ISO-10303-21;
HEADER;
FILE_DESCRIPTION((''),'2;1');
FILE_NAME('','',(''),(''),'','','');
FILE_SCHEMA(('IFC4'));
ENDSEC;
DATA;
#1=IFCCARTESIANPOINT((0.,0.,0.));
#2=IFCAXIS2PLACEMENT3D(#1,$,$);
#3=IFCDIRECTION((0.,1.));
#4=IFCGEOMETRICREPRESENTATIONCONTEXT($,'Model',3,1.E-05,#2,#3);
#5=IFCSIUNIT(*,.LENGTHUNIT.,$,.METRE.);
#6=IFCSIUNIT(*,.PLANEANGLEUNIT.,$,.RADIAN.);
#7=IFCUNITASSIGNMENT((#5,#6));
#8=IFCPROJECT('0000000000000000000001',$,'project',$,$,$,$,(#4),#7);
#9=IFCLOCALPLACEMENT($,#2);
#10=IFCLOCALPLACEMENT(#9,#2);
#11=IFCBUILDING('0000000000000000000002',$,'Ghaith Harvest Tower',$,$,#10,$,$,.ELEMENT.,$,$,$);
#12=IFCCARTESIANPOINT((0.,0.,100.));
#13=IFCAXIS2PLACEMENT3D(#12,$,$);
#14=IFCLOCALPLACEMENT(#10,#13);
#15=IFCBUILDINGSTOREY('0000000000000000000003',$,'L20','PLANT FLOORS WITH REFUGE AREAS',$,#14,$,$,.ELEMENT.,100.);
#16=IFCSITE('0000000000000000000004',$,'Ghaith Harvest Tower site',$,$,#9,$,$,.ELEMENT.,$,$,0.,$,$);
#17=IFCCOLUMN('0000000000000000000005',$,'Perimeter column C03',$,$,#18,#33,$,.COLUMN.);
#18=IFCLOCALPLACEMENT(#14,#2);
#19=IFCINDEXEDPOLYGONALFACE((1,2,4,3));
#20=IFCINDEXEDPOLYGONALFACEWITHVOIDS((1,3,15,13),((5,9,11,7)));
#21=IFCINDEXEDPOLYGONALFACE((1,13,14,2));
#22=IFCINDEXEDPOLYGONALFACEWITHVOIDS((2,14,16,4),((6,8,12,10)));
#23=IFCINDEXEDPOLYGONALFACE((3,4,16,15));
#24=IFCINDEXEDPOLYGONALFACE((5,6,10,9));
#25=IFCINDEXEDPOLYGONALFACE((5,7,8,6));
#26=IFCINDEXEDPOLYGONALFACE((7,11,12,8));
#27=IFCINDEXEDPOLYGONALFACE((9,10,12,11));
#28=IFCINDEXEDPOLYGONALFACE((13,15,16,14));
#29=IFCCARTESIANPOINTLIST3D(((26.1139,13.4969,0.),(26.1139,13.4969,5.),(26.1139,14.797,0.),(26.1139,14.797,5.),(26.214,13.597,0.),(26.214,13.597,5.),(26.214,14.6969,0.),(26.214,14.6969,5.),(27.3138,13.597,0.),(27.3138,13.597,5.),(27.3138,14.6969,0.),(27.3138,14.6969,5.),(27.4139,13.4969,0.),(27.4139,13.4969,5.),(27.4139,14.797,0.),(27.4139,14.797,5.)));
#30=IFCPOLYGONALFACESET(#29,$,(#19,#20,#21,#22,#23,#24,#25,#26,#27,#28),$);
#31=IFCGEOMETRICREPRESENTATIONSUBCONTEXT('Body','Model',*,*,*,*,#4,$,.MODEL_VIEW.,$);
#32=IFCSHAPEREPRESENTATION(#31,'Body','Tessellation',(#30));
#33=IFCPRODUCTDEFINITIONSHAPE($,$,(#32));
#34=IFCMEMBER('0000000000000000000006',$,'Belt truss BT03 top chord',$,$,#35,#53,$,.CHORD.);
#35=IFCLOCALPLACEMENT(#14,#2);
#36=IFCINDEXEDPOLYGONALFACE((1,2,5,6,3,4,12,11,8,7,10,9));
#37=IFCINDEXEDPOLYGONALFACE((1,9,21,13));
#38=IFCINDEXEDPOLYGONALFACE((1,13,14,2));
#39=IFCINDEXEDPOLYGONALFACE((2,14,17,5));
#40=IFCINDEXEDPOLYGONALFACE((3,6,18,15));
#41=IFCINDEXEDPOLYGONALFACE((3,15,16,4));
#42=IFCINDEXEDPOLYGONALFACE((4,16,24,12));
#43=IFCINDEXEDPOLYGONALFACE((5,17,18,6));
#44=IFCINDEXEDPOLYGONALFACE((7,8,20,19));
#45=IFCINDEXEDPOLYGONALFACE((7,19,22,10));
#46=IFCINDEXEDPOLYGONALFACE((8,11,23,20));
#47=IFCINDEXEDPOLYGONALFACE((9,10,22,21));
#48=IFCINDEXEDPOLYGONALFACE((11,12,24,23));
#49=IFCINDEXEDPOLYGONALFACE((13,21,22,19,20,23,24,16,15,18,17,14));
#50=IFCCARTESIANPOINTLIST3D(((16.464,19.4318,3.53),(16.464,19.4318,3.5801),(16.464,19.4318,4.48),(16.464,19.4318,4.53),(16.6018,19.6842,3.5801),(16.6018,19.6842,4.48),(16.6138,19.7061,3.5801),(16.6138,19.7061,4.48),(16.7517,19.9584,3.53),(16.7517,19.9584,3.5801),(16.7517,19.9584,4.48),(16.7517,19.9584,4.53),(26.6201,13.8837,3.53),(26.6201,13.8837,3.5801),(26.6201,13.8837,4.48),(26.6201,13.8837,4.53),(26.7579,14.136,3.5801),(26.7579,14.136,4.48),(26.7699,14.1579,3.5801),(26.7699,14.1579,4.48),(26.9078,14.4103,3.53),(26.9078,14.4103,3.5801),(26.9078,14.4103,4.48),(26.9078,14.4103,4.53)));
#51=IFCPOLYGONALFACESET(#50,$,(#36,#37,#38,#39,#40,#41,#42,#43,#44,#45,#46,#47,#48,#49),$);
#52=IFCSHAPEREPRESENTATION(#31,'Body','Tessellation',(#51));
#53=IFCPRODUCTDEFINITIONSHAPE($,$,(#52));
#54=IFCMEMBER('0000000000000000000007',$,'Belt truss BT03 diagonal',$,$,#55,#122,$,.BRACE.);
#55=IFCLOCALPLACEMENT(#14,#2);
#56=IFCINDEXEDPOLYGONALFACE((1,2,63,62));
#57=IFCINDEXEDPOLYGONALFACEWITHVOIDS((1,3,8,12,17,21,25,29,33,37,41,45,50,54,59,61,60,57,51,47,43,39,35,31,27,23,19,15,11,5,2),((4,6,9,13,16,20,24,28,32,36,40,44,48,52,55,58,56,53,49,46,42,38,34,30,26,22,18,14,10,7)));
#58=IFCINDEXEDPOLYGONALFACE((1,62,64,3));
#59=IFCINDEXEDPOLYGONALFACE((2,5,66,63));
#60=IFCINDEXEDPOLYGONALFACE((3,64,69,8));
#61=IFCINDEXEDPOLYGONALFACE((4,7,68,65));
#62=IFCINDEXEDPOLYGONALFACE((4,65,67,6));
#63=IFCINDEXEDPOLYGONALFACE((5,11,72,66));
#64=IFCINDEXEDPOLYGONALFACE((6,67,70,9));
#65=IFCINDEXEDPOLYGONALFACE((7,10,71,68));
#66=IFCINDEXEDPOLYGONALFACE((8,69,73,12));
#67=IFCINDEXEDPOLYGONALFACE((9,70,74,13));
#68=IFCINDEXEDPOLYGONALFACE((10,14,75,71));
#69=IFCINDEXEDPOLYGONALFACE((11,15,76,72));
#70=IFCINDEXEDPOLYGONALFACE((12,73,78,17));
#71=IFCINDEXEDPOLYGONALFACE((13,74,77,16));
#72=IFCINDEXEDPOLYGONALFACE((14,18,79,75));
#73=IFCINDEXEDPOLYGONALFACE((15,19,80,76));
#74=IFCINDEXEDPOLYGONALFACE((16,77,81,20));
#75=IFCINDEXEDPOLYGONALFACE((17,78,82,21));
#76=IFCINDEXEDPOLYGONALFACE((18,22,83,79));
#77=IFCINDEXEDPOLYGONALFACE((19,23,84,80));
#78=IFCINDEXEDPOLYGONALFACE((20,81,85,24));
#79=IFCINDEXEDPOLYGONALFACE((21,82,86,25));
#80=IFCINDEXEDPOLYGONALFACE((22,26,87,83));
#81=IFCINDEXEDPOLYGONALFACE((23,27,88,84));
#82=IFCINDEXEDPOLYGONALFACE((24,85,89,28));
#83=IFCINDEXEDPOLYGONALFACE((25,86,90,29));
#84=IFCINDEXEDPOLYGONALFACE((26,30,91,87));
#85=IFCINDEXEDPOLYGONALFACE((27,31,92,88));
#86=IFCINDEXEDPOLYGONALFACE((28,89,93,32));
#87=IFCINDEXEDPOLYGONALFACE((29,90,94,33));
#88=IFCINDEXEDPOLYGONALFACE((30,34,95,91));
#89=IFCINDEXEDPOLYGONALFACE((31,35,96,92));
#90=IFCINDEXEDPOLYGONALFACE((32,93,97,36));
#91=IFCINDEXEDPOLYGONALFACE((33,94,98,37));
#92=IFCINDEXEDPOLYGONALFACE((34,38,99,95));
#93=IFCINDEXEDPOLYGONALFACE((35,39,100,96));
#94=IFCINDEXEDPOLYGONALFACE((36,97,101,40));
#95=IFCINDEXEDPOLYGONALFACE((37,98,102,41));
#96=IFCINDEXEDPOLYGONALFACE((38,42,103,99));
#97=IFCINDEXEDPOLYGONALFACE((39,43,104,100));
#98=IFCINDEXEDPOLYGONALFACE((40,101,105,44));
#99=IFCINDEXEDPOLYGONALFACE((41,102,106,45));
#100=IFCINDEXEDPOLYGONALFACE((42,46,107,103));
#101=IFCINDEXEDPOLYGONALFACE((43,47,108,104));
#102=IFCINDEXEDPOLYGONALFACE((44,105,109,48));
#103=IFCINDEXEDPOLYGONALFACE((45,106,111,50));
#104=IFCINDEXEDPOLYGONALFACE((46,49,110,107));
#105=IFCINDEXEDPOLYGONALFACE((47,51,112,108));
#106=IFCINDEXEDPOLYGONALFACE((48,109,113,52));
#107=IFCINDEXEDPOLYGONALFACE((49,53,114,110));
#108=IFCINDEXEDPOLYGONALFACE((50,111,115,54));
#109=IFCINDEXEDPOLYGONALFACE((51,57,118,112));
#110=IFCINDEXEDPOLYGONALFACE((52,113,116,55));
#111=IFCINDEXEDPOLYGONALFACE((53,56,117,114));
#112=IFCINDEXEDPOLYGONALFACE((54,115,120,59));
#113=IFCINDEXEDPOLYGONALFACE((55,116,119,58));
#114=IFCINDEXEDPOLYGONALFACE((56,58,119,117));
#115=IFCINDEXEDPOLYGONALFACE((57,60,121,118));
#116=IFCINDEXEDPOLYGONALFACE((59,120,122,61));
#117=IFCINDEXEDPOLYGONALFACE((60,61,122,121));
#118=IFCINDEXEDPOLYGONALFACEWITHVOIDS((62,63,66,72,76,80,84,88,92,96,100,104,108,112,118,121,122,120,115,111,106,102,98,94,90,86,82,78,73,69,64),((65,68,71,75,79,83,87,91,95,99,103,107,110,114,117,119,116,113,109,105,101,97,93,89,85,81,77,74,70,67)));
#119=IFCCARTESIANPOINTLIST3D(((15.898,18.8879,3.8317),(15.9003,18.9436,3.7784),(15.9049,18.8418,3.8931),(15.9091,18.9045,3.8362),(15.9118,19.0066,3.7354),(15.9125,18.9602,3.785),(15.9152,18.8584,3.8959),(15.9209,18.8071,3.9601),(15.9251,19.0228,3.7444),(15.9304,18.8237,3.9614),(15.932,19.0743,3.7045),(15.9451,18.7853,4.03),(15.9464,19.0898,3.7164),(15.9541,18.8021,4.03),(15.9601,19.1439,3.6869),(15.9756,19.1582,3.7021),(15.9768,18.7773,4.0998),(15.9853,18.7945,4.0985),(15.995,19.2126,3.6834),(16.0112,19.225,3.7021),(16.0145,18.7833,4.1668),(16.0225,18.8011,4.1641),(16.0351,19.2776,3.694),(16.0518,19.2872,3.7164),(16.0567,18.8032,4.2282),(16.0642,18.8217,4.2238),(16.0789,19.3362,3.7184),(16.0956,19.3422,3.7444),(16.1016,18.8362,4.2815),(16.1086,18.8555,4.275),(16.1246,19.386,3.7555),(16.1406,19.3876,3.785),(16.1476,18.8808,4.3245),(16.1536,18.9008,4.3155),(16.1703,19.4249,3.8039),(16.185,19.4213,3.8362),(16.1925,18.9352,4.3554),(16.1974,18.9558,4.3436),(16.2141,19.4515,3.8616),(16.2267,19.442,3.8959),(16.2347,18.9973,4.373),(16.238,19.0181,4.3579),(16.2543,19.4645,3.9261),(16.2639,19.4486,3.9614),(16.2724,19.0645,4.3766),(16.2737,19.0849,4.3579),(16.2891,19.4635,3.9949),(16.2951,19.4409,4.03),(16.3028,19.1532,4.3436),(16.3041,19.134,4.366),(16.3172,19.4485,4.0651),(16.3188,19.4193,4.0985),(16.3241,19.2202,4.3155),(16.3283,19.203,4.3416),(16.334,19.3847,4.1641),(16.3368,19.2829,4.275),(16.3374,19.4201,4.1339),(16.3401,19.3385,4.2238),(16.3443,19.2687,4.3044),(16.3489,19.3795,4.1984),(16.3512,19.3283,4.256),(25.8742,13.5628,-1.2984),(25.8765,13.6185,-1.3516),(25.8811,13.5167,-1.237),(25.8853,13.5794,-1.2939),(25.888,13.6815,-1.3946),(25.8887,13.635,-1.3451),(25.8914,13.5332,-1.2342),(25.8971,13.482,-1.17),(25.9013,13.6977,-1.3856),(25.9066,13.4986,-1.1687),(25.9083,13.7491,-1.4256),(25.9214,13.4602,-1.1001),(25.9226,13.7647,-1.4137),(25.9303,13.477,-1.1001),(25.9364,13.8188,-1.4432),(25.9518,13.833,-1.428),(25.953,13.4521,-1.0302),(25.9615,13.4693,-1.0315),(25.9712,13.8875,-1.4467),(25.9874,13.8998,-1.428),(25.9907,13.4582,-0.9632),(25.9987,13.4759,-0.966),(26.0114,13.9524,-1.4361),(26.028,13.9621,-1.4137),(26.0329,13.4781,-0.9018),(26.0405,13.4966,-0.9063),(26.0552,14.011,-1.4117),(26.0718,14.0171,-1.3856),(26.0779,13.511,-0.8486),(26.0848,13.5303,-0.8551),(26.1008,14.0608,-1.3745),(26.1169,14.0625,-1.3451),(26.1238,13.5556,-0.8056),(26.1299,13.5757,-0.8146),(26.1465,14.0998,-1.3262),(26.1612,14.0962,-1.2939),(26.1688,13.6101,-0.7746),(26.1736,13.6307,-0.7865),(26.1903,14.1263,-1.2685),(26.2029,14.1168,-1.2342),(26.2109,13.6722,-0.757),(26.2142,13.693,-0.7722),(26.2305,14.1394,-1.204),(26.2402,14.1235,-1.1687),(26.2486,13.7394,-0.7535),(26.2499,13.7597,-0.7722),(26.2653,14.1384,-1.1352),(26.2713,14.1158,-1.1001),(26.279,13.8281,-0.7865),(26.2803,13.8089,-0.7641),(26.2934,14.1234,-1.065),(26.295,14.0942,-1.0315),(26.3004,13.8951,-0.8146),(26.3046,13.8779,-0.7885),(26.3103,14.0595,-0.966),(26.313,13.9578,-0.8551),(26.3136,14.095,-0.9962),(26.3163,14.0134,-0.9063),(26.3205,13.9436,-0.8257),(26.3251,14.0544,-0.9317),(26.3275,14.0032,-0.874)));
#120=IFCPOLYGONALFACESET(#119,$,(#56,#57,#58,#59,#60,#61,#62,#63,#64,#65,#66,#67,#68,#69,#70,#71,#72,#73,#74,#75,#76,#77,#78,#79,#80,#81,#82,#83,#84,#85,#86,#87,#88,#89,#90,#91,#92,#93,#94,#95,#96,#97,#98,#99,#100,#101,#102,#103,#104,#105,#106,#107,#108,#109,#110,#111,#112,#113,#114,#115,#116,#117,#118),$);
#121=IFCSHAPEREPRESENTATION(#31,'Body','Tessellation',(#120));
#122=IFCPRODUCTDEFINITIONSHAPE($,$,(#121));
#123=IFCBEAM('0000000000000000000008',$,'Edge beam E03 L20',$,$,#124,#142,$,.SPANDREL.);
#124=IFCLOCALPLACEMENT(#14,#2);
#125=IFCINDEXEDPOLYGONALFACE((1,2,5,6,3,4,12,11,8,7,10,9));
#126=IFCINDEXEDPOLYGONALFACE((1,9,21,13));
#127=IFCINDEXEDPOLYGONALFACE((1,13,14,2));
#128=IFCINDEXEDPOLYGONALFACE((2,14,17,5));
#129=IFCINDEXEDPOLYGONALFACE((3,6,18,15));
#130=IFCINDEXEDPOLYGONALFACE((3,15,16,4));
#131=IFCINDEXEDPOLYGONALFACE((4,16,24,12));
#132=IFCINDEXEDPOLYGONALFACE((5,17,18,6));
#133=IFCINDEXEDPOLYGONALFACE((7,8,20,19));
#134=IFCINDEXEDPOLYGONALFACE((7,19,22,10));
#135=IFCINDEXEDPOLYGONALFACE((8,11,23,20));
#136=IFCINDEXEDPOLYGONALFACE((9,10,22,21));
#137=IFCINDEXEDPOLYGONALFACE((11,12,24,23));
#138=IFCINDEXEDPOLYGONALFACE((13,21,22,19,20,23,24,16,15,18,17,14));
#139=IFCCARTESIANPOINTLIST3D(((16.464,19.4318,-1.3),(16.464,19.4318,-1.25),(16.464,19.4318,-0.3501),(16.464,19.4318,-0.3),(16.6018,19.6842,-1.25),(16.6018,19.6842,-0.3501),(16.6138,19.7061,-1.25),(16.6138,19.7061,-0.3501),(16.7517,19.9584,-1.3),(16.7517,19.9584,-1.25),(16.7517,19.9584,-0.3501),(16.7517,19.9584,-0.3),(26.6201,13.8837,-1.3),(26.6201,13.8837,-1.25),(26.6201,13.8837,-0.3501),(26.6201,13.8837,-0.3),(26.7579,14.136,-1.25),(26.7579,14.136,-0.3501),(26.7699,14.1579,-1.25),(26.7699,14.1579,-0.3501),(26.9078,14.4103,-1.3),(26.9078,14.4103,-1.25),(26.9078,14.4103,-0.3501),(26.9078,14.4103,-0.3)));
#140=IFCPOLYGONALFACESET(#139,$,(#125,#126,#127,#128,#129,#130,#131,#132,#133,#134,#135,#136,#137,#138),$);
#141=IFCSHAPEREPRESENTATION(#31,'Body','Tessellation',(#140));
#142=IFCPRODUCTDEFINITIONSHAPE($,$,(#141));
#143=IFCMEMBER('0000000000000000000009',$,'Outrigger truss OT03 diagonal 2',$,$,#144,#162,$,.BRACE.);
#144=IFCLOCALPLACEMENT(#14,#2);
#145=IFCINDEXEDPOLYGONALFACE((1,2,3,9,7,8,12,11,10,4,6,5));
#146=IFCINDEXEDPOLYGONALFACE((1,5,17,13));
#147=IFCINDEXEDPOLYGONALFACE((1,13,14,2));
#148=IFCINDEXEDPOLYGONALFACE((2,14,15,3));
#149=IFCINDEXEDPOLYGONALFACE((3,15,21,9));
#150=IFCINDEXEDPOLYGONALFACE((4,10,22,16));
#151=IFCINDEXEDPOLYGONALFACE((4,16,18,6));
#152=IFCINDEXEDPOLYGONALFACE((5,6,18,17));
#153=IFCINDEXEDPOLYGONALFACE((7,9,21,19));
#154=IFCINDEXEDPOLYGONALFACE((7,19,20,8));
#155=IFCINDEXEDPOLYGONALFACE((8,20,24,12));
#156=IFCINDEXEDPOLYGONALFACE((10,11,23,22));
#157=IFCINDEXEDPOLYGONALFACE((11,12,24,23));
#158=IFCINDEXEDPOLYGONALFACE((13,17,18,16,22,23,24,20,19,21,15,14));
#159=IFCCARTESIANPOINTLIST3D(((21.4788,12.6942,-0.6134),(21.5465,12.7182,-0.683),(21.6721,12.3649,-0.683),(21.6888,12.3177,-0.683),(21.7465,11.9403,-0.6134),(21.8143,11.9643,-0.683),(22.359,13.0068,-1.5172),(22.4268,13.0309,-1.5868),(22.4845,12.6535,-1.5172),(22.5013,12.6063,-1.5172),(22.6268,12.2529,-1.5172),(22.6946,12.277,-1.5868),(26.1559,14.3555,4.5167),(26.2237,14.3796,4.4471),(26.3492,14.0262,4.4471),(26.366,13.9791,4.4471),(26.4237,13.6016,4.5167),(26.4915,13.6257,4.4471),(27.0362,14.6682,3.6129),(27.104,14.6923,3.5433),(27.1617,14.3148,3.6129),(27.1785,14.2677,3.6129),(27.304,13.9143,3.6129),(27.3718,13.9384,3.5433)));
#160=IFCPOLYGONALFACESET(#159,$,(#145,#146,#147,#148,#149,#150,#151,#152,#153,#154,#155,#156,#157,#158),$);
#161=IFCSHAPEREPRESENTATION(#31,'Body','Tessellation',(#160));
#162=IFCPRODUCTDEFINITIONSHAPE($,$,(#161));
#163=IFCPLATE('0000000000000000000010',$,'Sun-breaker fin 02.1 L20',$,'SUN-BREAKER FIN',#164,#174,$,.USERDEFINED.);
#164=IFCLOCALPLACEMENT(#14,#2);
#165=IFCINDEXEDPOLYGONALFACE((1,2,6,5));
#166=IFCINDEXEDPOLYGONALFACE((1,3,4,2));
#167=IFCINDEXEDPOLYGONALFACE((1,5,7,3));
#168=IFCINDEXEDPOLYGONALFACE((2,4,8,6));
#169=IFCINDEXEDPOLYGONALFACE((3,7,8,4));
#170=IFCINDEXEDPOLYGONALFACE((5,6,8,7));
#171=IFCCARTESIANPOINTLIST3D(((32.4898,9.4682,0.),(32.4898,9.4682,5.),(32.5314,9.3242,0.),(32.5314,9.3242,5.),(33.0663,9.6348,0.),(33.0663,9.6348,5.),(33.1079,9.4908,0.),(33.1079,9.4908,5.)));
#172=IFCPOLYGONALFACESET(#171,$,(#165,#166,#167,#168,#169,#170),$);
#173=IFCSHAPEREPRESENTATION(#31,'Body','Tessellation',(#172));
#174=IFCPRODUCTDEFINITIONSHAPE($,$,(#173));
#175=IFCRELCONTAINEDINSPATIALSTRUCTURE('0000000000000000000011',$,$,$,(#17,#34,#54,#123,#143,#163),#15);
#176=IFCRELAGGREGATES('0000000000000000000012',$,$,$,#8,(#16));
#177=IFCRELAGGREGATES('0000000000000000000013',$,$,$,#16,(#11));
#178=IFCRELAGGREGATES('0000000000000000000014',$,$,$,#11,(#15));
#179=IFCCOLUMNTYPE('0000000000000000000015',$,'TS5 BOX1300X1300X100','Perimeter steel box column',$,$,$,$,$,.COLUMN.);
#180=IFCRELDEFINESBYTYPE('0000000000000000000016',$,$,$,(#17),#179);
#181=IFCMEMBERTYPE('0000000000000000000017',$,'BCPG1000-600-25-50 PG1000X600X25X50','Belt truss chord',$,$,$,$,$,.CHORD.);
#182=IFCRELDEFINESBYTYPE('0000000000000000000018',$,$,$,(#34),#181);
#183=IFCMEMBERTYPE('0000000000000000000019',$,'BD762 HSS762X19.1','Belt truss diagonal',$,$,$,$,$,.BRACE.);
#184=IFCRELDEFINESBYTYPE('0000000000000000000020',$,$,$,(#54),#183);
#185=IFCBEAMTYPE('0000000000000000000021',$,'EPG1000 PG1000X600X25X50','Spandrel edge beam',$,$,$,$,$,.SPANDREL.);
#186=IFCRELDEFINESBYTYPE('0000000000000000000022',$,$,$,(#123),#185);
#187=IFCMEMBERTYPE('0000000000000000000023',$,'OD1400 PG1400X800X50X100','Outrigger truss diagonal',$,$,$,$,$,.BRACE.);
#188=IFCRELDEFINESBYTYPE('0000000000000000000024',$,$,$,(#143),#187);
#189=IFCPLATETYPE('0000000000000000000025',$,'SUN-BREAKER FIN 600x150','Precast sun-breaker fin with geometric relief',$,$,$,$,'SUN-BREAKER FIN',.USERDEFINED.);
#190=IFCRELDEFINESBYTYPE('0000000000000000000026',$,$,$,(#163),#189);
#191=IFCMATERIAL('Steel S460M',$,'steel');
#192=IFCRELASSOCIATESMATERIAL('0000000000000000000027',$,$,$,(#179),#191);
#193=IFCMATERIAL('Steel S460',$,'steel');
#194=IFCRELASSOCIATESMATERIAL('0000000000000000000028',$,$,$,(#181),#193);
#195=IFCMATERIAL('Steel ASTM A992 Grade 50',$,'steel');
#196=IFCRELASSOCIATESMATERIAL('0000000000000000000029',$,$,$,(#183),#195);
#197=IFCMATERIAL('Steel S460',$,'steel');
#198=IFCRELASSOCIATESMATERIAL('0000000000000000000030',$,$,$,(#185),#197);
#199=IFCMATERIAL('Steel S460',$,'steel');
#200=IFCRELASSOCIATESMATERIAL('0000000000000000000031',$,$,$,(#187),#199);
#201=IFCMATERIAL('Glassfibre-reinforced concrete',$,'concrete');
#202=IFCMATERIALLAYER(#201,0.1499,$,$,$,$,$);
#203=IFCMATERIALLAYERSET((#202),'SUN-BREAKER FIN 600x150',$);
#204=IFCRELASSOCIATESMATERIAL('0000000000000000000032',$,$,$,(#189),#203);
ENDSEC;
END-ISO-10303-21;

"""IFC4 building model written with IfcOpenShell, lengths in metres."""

from ifc_helpers import new_model, si_unit, direction, frame, origin, origin_2d, place, context, subcontext, project, spatial, rectangle, hollow_rectangle, hollow_circle, i_section, extrude, material, layer, layer_set, material_profile, profile_set, type_object, element, save


model = new_model("IFC4")

# Units and contexts
model_context = context("Model", 3, precision=1e-05, world=origin(), true_north=direction((0.0, 1.0)))
body_context = subcontext(model_context, "Body", "Model", "MODEL_VIEW")
ifc_project = project(units=[si_unit("LENGTHUNIT", "METRE"), si_unit("PLANEANGLEUNIT", "RADIAN")], contexts=[model_context])

# Site, building, storey
site_placement = place(None, origin())
site = spatial("IfcSite", under=ifc_project, at=site_placement, Name="Ghaith Harvest Tower site", CompositionType="ELEMENT", RefElevation=0.0)
building_placement = place(site_placement, origin())
building = spatial("IfcBuilding", under=site, at=building_placement, Name="Ghaith Harvest Tower", CompositionType="ELEMENT")
storey_placement = place(building_placement, frame((0.0, 0.0, 100.0)))
storey = spatial("IfcBuildingStorey", under=building, at=storey_placement, Name="L20", Description="PLANT FLOORS WITH REFUGE AREAS", CompositionType="ELEMENT", Elevation=100.0)

# Column
ifc_material_1 = material(Name="Steel S460M", Category="steel")
ifc_material_profile_1 = material_profile(ifc_material_1, hollow_rectangle(XDim=1.3, YDim=1.3, WallThickness=0.1001, at=origin_2d()), Name="BOX1300X1300X100")
ifc_profile_set_1 = profile_set([ifc_material_profile_1], Name="Steel S460M")
column_type = type_object("IfcColumnType", Name="TS5 BOX1300X1300X100", Description="Perimeter steel box column", PredefinedType="COLUMN", material=ifc_profile_set_1)
column_placement = place(storey_placement, frame((26.7639, 14.147, 0.0), z_axis=(0.0, 0.0, 1.0), x_axis=(1.0, 0.0, 0.0)))
element("IfcColumn", 1, at=column_placement, inside=storey, type_object=column_type, Name="Perimeter column C03", PredefinedType="COLUMN", context=body_context, shape_type="SweptSolid", body=[
    extrude(hollow_rectangle(XDim=1.3, YDim=1.3, WallThickness=0.1001, at=origin_2d()), origin(), (0.0, 0.0, 1.0), 5.0),
])

# Members
ifc_material_2 = material(Name="Steel S460", Category="steel")
ifc_material_profile_2 = material_profile(ifc_material_2, i_section(OverallWidth=0.6001, OverallDepth=1.0, WebThickness=0.0249, FlangeThickness=0.05, at=origin_2d()), Name="PG1000X600X25X50")
ifc_profile_set_2 = profile_set([ifc_material_profile_2], Name="Steel S460")
member_type_1 = type_object("IfcMemberType", Name="BCPG1000-600-25-50 PG1000X600X25X50", Description="Belt truss chord", PredefinedType="CHORD", material=ifc_profile_set_2)
member_1_placement = place(storey_placement, frame((26.7639, 14.147, 4.03), z_axis=(-0.877588, 0.479415, 0.0), x_axis=(-0.479415, -0.877588, 0.0)))
element("IfcMember", 2, at=member_1_placement, inside=storey, type_object=member_type_1, Name="Belt truss BT03 top chord", PredefinedType="CHORD", context=body_context, shape_type="SweptSolid", body=[
    extrude(i_section(OverallWidth=0.6001, OverallDepth=1.0, WebThickness=0.0249, FlangeThickness=0.05, at=origin_2d()), origin(), (0.0, 0.0, 1.0), 11.5728),
])
ifc_material_3 = material(Name="Steel ASTM A992 Grade 50", Category="steel")
ifc_material_profile_3 = material_profile(ifc_material_3, hollow_circle(Radius=0.3811, WallThickness=0.019, at=origin_2d()), Name="HSS762X19.1")
ifc_profile_set_3 = profile_set([ifc_material_profile_3], Name="Steel ASTM A992 Grade 50")
member_type_2 = type_object("IfcMemberType", Name="BD762 HSS762X19.1", Description="Belt truss diagonal", PredefinedType="BRACE", material=ifc_profile_set_3)
member_2_placement = place(storey_placement, frame((26.1008, 13.7964, -1.1001), z_axis=(-0.803386, 0.428834, 0.413125), x_axis=(-0.470897, -0.882188, 0.0)))
element("IfcMember", 3, at=member_2_placement, inside=storey, type_object=member_type_2, Name="Belt truss BT03 diagonal", PredefinedType="BRACE", context=body_context, shape_type="SweptSolid", body=[
    extrude(hollow_circle(Radius=0.3811, WallThickness=0.019, at=origin_2d()), origin(), (0.0, 0.0, 1.0), 12.4177),
])

# Beam
ifc_material_4 = material(Name="Steel S460", Category="steel")
ifc_material_profile_4 = material_profile(ifc_material_4, i_section(OverallWidth=0.6001, OverallDepth=1.0, WebThickness=0.0249, FlangeThickness=0.05, at=origin_2d()), Name="PG1000X600X25X50")
ifc_profile_set_4 = profile_set([ifc_material_profile_4], Name="Steel S460")
beam_type = type_object("IfcBeamType", Name="EPG1000 PG1000X600X25X50", Description="Spandrel edge beam", PredefinedType="SPANDREL", material=ifc_profile_set_4)
beam_placement = place(storey_placement, frame((26.7639, 14.147, -0.8), z_axis=(-0.877588, 0.479415, 0.0), x_axis=(-0.479415, -0.877588, 0.0)))
element("IfcBeam", 4, at=beam_placement, inside=storey, type_object=beam_type, Name="Edge beam E03 L20", PredefinedType="SPANDREL", context=body_context, shape_type="SweptSolid", body=[
    extrude(i_section(OverallWidth=0.6001, OverallDepth=1.0, WebThickness=0.0249, FlangeThickness=0.05, at=origin_2d()), origin(), (0.0, 0.0, 1.0), 11.5728),
])

# Member
ifc_material_5 = material(Name="Steel S460", Category="steel")
ifc_material_profile_5 = material_profile(ifc_material_5, i_section(OverallWidth=0.8, OverallDepth=1.3999, WebThickness=0.05, FlangeThickness=0.1001, at=origin_2d()), Name="PG1400X800X50X100")
ifc_profile_set_5 = profile_set([ifc_material_profile_5], Name="Steel S460")
member_type_3 = type_object("IfcMemberType", Name="OD1400 PG1400X800X50X100", Description="Outrigger truss diagonal", PredefinedType="BRACE", material=ifc_profile_set_5)
member_3_placement = place(storey_placement, frame((22.0867, 12.4856, -1.1001), z_axis=(0.655235, 0.232742, 0.718679), x_axis=(-0.334716, 0.942319, 0.0)))
element("IfcMember", 5, at=member_3_placement, inside=storey, type_object=member_type_3, Name="Outrigger truss OT03 diagonal 2", PredefinedType="BRACE", context=body_context, shape_type="SweptSolid", body=[
    extrude(i_section(OverallWidth=0.8, OverallDepth=1.3999, WebThickness=0.05, FlangeThickness=0.1001, at=origin_2d()), origin(), (0.0, 0.0, 1.0), 7.1382),
])

# Plate
ifc_material_6 = material(Name="Glassfibre-reinforced concrete", Category="concrete")
ifc_layer_1 = layer(ifc_material_6, 0.1499)
ifc_layer_set_1 = layer_set([ifc_layer_1], Name="SUN-BREAKER FIN 600x150")
plate_type = type_object("IfcPlateType", Name="SUN-BREAKER FIN 600x150", Description="Precast sun-breaker fin with geometric relief", ElementType="SUN-BREAKER FIN", PredefinedType="USERDEFINED", material=ifc_layer_set_1)
for number, where, z_axis, x_axis, name in (
    (6, (32.7988, 9.4795, 0.0), (0.0, 0.0, 1.0), (0.96068, 0.277657, 0.0), "Sun-breaker fin 02.1 L20"),
):
    element("IfcPlate", number, at=place(storey_placement, frame(where, z_axis=z_axis, x_axis=x_axis)), inside=storey, type_object=plate_type, Name=name, ObjectType="SUN-BREAKER FIN", PredefinedType="USERDEFINED", context=body_context, shape_type="SweptSolid", body=[
        extrude(rectangle(XDim=0.6001, YDim=0.1499, at=origin_2d()), origin(), (0.0, 0.0, 1.0), 5.0),
    ])

save(model, "model.ifc")
